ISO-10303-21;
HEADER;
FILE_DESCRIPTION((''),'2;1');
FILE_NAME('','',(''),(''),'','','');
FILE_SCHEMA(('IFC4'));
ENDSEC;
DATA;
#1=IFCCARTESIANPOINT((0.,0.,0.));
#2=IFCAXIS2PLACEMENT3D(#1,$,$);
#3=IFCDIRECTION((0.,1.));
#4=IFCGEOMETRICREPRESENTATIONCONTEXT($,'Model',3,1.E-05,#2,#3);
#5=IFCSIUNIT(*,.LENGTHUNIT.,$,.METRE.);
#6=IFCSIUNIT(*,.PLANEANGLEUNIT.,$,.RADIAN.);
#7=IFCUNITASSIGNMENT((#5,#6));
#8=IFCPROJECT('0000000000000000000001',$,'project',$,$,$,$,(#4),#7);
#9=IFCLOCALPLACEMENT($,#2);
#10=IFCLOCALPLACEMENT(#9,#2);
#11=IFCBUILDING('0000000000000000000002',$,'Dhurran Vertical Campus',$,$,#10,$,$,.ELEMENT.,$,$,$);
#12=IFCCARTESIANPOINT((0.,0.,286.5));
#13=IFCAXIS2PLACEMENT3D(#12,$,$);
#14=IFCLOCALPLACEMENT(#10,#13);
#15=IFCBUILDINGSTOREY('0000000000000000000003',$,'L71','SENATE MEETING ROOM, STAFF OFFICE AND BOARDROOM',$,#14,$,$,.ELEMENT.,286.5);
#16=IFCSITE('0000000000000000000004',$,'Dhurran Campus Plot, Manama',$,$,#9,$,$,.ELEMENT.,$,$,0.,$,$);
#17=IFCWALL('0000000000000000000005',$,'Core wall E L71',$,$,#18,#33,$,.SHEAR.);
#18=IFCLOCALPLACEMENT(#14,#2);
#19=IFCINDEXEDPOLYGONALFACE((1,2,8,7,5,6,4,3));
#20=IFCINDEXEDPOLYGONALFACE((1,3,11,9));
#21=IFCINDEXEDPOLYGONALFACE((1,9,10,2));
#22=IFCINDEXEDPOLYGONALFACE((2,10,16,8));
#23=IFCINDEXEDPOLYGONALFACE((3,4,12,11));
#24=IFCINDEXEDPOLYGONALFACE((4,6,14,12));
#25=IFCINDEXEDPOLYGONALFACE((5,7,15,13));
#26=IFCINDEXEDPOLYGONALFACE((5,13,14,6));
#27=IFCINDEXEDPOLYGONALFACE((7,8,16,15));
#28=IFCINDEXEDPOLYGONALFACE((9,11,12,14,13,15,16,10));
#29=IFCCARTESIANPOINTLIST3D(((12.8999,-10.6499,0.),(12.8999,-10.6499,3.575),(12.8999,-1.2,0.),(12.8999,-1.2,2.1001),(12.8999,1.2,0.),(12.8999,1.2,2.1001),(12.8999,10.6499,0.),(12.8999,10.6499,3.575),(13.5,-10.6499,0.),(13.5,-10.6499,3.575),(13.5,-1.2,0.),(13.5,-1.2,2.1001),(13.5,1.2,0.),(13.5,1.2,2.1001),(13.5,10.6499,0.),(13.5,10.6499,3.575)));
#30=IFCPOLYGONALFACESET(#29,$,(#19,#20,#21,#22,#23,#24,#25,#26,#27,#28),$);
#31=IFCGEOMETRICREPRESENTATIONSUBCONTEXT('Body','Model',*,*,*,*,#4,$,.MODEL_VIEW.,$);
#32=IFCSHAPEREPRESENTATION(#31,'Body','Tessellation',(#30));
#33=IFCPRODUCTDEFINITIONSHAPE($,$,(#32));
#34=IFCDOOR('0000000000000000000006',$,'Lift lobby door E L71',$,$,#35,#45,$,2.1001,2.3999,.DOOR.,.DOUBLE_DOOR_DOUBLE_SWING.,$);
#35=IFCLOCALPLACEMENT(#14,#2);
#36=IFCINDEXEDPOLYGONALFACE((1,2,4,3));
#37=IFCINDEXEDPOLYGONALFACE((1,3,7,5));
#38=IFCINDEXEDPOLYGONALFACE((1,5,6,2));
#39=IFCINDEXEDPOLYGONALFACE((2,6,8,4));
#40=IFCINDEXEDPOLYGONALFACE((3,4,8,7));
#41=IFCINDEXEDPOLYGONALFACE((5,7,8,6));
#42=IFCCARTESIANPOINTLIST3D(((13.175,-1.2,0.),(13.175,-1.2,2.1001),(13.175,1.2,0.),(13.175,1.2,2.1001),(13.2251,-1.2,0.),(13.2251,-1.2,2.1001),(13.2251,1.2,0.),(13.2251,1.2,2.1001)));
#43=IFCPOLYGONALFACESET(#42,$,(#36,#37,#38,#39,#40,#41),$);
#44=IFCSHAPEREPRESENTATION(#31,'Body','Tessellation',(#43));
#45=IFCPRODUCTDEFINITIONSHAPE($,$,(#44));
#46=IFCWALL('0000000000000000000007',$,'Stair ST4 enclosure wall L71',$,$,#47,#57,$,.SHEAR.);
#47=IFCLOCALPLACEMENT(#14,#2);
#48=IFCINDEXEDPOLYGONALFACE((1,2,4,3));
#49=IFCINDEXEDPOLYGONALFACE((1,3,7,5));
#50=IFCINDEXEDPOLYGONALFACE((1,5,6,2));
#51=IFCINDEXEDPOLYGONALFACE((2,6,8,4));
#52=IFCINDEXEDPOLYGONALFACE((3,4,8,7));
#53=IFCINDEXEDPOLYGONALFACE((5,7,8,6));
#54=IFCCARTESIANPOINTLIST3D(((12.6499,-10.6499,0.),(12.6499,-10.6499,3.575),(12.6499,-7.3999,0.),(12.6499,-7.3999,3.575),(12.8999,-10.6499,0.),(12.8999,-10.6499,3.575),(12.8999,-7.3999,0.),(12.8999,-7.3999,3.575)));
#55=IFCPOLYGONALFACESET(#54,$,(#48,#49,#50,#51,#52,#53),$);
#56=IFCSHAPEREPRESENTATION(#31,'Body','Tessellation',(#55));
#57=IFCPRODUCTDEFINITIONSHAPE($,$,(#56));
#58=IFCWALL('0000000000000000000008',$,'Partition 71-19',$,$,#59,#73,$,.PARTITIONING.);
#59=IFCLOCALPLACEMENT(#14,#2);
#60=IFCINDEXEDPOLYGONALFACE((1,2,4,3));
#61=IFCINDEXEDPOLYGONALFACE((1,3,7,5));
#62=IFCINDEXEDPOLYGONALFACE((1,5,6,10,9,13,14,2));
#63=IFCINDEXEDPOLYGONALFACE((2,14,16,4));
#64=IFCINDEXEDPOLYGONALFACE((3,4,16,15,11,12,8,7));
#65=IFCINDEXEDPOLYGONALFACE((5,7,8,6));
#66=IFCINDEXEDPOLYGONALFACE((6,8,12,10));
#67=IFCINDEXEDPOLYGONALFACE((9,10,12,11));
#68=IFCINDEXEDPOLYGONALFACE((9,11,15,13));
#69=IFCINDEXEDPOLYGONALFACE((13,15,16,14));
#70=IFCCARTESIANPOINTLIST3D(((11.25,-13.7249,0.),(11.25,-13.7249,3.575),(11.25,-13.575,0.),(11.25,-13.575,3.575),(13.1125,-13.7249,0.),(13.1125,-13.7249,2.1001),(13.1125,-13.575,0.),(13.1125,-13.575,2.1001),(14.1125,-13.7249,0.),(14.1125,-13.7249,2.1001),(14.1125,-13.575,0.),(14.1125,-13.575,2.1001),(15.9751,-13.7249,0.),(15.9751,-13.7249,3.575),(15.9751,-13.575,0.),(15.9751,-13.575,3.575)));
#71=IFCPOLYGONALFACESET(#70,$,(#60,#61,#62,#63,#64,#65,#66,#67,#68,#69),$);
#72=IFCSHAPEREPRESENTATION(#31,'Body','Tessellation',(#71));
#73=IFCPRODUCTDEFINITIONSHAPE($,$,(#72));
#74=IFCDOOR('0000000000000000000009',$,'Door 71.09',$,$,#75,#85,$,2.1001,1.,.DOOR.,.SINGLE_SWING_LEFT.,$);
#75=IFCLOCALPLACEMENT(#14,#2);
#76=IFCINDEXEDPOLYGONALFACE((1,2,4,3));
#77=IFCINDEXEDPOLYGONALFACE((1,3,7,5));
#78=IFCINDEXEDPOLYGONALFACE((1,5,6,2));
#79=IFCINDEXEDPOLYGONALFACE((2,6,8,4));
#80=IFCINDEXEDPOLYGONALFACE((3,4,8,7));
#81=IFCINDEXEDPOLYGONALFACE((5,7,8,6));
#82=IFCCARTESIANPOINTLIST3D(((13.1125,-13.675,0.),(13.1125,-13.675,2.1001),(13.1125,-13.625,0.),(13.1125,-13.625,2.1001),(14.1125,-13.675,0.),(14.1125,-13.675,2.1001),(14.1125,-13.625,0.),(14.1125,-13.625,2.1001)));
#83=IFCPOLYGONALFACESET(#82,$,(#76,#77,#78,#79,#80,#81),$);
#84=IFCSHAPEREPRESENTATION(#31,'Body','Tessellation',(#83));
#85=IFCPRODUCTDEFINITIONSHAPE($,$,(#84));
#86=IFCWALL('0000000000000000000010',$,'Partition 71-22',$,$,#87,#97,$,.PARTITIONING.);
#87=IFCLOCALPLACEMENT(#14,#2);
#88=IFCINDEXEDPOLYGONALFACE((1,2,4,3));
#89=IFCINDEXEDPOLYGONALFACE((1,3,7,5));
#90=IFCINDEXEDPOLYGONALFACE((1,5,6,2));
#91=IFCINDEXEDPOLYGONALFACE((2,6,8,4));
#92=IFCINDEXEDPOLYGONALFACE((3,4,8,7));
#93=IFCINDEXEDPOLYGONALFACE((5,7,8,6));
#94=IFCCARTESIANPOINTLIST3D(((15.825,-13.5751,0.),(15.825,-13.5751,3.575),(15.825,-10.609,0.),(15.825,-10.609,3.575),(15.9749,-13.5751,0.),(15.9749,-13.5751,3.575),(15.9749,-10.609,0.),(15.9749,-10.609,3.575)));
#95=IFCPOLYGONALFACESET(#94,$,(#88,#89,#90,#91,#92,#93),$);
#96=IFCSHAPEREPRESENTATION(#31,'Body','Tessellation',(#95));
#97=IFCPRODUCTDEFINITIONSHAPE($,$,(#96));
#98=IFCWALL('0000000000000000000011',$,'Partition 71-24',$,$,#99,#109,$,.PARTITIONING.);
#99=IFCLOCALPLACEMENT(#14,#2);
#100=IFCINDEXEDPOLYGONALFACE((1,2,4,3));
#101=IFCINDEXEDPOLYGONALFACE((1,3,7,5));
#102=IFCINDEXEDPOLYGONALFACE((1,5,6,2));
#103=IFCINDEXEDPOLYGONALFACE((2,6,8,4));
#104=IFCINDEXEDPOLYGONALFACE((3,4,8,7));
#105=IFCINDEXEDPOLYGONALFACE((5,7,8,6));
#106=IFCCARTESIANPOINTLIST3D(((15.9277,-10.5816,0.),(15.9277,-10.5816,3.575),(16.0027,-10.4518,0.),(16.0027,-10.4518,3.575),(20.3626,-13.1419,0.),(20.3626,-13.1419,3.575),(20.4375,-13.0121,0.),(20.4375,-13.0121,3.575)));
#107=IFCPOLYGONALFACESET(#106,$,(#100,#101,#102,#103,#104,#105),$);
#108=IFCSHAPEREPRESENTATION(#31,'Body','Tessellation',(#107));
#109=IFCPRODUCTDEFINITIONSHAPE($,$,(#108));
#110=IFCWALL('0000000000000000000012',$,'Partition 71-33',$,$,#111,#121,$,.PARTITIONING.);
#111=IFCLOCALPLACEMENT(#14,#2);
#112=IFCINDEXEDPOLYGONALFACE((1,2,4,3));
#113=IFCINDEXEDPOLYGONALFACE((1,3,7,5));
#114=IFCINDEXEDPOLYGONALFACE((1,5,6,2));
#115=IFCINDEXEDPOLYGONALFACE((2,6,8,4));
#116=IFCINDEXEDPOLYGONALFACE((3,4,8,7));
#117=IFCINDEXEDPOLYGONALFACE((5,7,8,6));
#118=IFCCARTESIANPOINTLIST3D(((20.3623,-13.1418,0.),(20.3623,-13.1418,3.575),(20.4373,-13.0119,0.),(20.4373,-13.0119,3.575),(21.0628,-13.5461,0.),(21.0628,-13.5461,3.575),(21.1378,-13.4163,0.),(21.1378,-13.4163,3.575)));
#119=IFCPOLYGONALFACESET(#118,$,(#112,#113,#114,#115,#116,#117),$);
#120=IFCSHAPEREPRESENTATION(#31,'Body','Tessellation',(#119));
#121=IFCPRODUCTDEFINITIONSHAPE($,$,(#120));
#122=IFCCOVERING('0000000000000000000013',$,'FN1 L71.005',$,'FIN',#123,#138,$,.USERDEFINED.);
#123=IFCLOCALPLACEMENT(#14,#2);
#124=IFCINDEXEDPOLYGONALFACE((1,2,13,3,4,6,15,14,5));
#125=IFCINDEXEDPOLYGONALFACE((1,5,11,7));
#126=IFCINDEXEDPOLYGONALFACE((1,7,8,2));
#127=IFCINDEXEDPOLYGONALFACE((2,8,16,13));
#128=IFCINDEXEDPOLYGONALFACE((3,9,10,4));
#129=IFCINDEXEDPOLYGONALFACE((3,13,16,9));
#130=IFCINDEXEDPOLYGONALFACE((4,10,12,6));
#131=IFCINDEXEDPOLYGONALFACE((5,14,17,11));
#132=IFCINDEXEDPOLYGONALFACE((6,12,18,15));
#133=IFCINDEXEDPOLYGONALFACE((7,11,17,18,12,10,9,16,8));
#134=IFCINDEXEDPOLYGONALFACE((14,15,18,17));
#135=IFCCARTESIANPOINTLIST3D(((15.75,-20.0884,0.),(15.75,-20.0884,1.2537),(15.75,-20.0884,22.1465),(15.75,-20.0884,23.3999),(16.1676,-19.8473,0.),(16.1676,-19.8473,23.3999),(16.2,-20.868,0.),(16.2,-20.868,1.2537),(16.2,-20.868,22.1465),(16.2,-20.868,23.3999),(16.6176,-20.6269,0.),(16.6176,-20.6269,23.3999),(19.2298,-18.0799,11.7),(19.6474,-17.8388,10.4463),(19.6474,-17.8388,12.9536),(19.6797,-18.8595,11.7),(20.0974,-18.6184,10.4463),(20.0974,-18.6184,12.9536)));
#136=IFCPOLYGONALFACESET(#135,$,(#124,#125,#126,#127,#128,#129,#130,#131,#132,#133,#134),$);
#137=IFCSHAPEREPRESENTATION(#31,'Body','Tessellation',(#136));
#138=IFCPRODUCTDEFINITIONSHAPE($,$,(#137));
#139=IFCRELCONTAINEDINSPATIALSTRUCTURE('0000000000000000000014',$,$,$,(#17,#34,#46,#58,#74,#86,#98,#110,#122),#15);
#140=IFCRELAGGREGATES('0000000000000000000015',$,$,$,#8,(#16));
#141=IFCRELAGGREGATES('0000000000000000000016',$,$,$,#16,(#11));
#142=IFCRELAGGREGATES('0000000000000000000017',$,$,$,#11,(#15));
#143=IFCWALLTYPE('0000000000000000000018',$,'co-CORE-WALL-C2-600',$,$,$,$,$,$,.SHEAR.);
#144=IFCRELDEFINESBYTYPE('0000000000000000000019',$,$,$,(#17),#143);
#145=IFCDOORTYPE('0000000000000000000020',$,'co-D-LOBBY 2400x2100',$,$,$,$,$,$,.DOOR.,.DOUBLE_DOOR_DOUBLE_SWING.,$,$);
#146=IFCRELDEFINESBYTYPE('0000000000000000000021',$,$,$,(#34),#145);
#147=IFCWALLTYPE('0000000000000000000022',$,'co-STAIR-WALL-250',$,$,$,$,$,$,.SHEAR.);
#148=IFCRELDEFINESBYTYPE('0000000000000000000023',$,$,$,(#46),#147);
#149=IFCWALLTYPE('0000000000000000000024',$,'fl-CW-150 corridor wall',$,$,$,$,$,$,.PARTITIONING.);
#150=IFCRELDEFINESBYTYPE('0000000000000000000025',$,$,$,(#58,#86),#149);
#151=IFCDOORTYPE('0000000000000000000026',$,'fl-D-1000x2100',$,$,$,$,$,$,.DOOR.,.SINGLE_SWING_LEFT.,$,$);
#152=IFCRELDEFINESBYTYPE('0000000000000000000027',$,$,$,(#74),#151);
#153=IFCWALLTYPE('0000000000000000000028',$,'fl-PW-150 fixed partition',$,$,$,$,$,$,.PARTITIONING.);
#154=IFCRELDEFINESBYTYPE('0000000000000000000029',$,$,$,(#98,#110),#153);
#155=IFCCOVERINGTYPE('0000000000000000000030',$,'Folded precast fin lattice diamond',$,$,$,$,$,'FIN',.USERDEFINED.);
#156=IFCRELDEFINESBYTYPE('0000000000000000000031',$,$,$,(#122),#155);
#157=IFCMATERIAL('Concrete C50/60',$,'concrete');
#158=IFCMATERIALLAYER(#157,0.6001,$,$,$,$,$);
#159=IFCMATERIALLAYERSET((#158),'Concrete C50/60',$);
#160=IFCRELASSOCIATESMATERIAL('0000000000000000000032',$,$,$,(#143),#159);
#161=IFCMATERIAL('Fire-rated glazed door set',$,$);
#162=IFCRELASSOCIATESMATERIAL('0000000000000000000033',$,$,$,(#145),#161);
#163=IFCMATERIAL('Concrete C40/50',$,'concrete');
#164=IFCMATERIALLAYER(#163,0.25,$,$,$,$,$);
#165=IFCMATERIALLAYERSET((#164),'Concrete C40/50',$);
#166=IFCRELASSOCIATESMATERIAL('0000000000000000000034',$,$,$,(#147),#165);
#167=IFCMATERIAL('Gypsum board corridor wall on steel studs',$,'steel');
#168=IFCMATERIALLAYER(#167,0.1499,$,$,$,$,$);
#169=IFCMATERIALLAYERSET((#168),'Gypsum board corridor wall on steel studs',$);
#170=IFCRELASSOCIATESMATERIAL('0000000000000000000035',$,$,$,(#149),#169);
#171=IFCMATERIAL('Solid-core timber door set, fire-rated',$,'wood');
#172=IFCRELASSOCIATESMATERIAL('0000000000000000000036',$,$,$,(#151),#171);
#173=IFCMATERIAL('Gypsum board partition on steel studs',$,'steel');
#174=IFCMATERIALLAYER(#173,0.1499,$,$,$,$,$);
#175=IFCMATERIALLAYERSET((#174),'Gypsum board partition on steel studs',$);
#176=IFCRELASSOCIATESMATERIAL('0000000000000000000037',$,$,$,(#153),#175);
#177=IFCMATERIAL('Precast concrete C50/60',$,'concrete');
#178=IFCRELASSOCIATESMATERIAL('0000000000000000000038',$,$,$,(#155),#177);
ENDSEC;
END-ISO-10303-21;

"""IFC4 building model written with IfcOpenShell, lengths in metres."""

from ifc_helpers import new_model, si_unit, direction, frame, frame_2d, origin, place, context, subcontext, project, spatial, polyline, rectangle, outline, extrude, material, layer, layer_set, type_object, element, fill, save


model = new_model("IFC4")

# Units and contexts
model_context = context("Model", 3, precision=1e-05, world=origin(), true_north=direction((0.0, 1.0)))
body_context = subcontext(model_context, "Body", "Model", "MODEL_VIEW")
ifc_project = project(units=[si_unit("LENGTHUNIT", "METRE"), si_unit("PLANEANGLEUNIT", "RADIAN")], contexts=[model_context])

# Site, building, storey
site_placement = place(None, origin())
site = spatial("IfcSite", under=ifc_project, at=site_placement, Name="Dhurran Campus Plot, Manama", CompositionType="ELEMENT", RefElevation=0.0)
building_placement = place(site_placement, origin())
building = spatial("IfcBuilding", under=site, at=building_placement, Name="Dhurran Vertical Campus", CompositionType="ELEMENT")
storey_placement = place(building_placement, frame((0.0, 0.0, 286.5)))
storey = spatial("IfcBuildingStorey", under=building, at=storey_placement, Name="L71", Description="SENATE MEETING ROOM, STAFF OFFICE AND BOARDROOM", CompositionType="ELEMENT", Elevation=286.5)

# Wall, opening, door
ifc_material_1 = material(Name="Concrete C50/60", Category="concrete")
ifc_layer_1 = layer(ifc_material_1, 0.6001)
ifc_layer_set_1 = layer_set([ifc_layer_1], Name="Concrete C50/60")
wall_type_1 = type_object("IfcWallType", Name="co-CORE-WALL-C2-600", PredefinedType="SHEAR", material=ifc_layer_set_1)
wall_1_placement = place(storey_placement, frame((13.2, -10.6499, 0.0), z_axis=(0.0, 0.0, 1.0), x_axis=(0.0, 1.0, 0.0)))
wall_1 = element("IfcWall", 1, at=wall_1_placement, inside=storey, type_object=wall_type_1, Name="Core wall E L71", PredefinedType="SHEAR", context=body_context, shape_type="SweptSolid", body=[
    extrude(rectangle(XDim=21.2998, YDim=0.6001, at=frame_2d((10.6499, 0.0))), origin(), (0.0, 0.0, 1.0), 3.575),
])
opening_1_placement = place(wall_1_placement, frame((9.45, 0.0, 0.0)))
opening_1 = element("IfcOpeningElement", 2, at=opening_1_placement, cuts=wall_1, PredefinedType="OPENING", context=body_context, shape_type="SweptSolid", body=[
    extrude(rectangle(XDim=2.3999, YDim=2.1001, at=frame_2d((1.2, 1.05))), frame((0.0, 0.3101, 0.0), z_axis=(0.0, -1.0, 0.0), x_axis=(1.0, 0.0, 0.0)), (0.0, 0.0, 1.0), 0.6201),
])
ifc_material_2 = material(Name="Fire-rated glazed door set")
door_type_1 = type_object("IfcDoorType", Name="co-D-LOBBY 2400x2100", OperationType="DOUBLE_DOOR_DOUBLE_SWING", PredefinedType="DOOR", material=ifc_material_2)
door_1_placement = place(opening_1_placement, origin())
door_1 = element("IfcDoor", 3, at=door_1_placement, inside=storey, type_object=door_type_1, Name="Lift lobby door E L71", OperationType="DOUBLE_DOOR_DOUBLE_SWING", OverallHeight=2.1001, OverallWidth=2.3999, PredefinedType="DOOR", context=body_context, shape_type="SweptSolid", body=[
    extrude(rectangle(XDim=2.3999, YDim=2.1001, at=frame_2d((1.2, 1.05))), frame((0.0, 0.0249, 0.0), z_axis=(0.0, -1.0, 0.0), x_axis=(1.0, 0.0, 0.0)), (0.0, 0.0, 1.0), 0.05),
])
fill(opening_1, door_1)

# Wall
ifc_material_3 = material(Name="Concrete C40/50", Category="concrete")
ifc_layer_2 = layer(ifc_material_3, 0.25)
ifc_layer_set_2 = layer_set([ifc_layer_2], Name="Concrete C40/50")
wall_type_2 = type_object("IfcWallType", Name="co-STAIR-WALL-250", PredefinedType="SHEAR", material=ifc_layer_set_2)
wall_2_placement = place(storey_placement, frame((12.7749, -10.6499, 0.0), z_axis=(0.0, 0.0, 1.0), x_axis=(0.0, 1.0, 0.0)))
element("IfcWall", 4, at=wall_2_placement, inside=storey, type_object=wall_type_2, Name="Stair ST4 enclosure wall L71", PredefinedType="SHEAR", context=body_context, shape_type="SweptSolid", body=[
    extrude(rectangle(XDim=3.25, YDim=0.25, at=frame_2d((1.625, 0.0))), origin(), (0.0, 0.0, 1.0), 3.575),
])

# Wall, opening, door
ifc_material_4 = material(Name="Gypsum board corridor wall on steel studs", Category="steel")
ifc_layer_3 = layer(ifc_material_4, 0.1499)
ifc_layer_set_3 = layer_set([ifc_layer_3], Name="Gypsum board corridor wall on steel studs")
wall_type_3 = type_object("IfcWallType", Name="fl-CW-150 corridor wall", PredefinedType="PARTITIONING", material=ifc_layer_set_3)
wall_3_placement = place(storey_placement, frame((11.25, -13.6499, 0.0), z_axis=(0.0, 0.0, 1.0), x_axis=(1.0, 0.0, 0.0)))
wall_3 = element("IfcWall", 5, at=wall_3_placement, inside=storey, type_object=wall_type_3, Name="Partition 71-19", PredefinedType="PARTITIONING", context=body_context, shape_type="SweptSolid", body=[
    extrude(rectangle(XDim=4.7251, YDim=0.1499, at=frame_2d((2.3625, 0.0))), origin(), (0.0, 0.0, 1.0), 3.575),
])
opening_2_placement = place(wall_3_placement, frame((1.8625, 0.0, 0.0)))
opening_2 = element("IfcOpeningElement", 6, at=opening_2_placement, cuts=wall_3, PredefinedType="OPENING", context=body_context, shape_type="SweptSolid", body=[
    extrude(rectangle(XDim=1.0, YDim=2.1001, at=frame_2d((0.5, 1.05))), frame((0.0, 0.085, 0.0), z_axis=(0.0, -1.0, 0.0), x_axis=(1.0, 0.0, 0.0)), (0.0, 0.0, 1.0), 0.1699),
])
ifc_material_5 = material(Name="Solid-core timber door set, fire-rated", Category="wood")
door_type_2 = type_object("IfcDoorType", Name="fl-D-1000x2100", OperationType="SINGLE_SWING_LEFT", PredefinedType="DOOR", material=ifc_material_5)
door_2_placement = place(opening_2_placement, origin())
door_2 = element("IfcDoor", 7, at=door_2_placement, inside=storey, type_object=door_type_2, Name="Door 71.09", OperationType="SINGLE_SWING_LEFT", OverallHeight=2.1001, OverallWidth=1.0, PredefinedType="DOOR", context=body_context, shape_type="SweptSolid", body=[
    extrude(rectangle(XDim=1.0, YDim=2.1001, at=frame_2d((0.5, 1.05))), frame((0.0, 0.0249, 0.0), z_axis=(0.0, -1.0, 0.0), x_axis=(1.0, 0.0, 0.0)), (0.0, 0.0, 1.0), 0.05),
])
fill(opening_2, door_2)

# Walls
wall_4_placement = place(storey_placement, frame((15.8999, -13.575, 0.0), z_axis=(0.0, 0.0, 1.0), x_axis=(0.0, 1.0, 0.0)))
element("IfcWall", 8, at=wall_4_placement, inside=storey, type_object=wall_type_3, Name="Partition 71-22", PredefinedType="PARTITIONING", context=body_context, shape_type="SweptSolid", body=[
    extrude(rectangle(XDim=2.9661, YDim=0.1499, at=frame_2d((1.4829, 0.0))), origin(), (0.0, 0.0, 1.0), 3.575),
])
ifc_material_6 = material(Name="Gypsum board partition on steel studs", Category="steel")
ifc_layer_4 = layer(ifc_material_6, 0.1499)
ifc_layer_set_4 = layer_set([ifc_layer_4], Name="Gypsum board partition on steel studs")
wall_type_4 = type_object("IfcWallType", Name="fl-PW-150 fixed partition", PredefinedType="PARTITIONING", material=ifc_layer_set_4)
wall_5_placement = place(storey_placement, frame((15.9651, -10.5166, 0.0), z_axis=(0.0, 0.0, 1.0), x_axis=(0.866037, -0.49998, 0.0)))
element("IfcWall", 9, at=wall_5_placement, inside=storey, type_object=wall_type_4, Name="Partition 71-24", PredefinedType="PARTITIONING", context=body_context, shape_type="SweptSolid", body=[
    extrude(rectangle(XDim=5.1208, YDim=0.1499, at=frame_2d((2.5605, 0.0))), origin(), (0.0, 0.0, 1.0), 3.575),
])
wall_6_placement = place(storey_placement, frame((20.3999, -13.0769, 0.0), z_axis=(0.0, 0.0, 1.0), x_axis=(0.86608, -0.499905, 0.0)))
element("IfcWall", 10, at=wall_6_placement, inside=storey, type_object=wall_type_4, Name="Partition 71-33", PredefinedType="PARTITIONING", context=body_context, shape_type="SweptSolid", body=[
    extrude(rectangle(XDim=0.8088, YDim=0.1499, at=frame_2d((0.4043, 0.0))), origin(), (0.0, 0.0, 1.0), 3.575),
])

# Covering
ifc_material_7 = material(Name="Precast concrete C50/60", Category="concrete")
covering_type = type_object("IfcCoveringType", Name="Folded precast fin lattice diamond", ElementType="FIN", PredefinedType="USERDEFINED", material=ifc_material_7)
covering_1_placement = place(storey_placement, frame((15.75, -20.0884, 0.0), z_axis=(0.499902, -0.866082, 0.0), x_axis=(0.866082, 0.499902, 0.0)))
element("IfcCovering", 11, at=covering_1_placement, inside=storey, type_object=covering_type, Name="FN1 L71.005", ObjectType="FIN", PredefinedType="USERDEFINED", context=body_context, shape_type="SweptSolid", body=[
    extrude(outline(polyline([(4.5, 10.4463), (0.4822, 0.0), (0.0, 0.0), (0.0, 1.2537), (4.0178, 11.7), (0.0, 22.1465), (0.0, 23.3999), (0.4822, 23.3999), (4.5, 12.9536), (4.5, 10.4463)])), origin(), (0.0, 0.0, 1.0), 0.9001),
])

save(model, "model.ifc")
